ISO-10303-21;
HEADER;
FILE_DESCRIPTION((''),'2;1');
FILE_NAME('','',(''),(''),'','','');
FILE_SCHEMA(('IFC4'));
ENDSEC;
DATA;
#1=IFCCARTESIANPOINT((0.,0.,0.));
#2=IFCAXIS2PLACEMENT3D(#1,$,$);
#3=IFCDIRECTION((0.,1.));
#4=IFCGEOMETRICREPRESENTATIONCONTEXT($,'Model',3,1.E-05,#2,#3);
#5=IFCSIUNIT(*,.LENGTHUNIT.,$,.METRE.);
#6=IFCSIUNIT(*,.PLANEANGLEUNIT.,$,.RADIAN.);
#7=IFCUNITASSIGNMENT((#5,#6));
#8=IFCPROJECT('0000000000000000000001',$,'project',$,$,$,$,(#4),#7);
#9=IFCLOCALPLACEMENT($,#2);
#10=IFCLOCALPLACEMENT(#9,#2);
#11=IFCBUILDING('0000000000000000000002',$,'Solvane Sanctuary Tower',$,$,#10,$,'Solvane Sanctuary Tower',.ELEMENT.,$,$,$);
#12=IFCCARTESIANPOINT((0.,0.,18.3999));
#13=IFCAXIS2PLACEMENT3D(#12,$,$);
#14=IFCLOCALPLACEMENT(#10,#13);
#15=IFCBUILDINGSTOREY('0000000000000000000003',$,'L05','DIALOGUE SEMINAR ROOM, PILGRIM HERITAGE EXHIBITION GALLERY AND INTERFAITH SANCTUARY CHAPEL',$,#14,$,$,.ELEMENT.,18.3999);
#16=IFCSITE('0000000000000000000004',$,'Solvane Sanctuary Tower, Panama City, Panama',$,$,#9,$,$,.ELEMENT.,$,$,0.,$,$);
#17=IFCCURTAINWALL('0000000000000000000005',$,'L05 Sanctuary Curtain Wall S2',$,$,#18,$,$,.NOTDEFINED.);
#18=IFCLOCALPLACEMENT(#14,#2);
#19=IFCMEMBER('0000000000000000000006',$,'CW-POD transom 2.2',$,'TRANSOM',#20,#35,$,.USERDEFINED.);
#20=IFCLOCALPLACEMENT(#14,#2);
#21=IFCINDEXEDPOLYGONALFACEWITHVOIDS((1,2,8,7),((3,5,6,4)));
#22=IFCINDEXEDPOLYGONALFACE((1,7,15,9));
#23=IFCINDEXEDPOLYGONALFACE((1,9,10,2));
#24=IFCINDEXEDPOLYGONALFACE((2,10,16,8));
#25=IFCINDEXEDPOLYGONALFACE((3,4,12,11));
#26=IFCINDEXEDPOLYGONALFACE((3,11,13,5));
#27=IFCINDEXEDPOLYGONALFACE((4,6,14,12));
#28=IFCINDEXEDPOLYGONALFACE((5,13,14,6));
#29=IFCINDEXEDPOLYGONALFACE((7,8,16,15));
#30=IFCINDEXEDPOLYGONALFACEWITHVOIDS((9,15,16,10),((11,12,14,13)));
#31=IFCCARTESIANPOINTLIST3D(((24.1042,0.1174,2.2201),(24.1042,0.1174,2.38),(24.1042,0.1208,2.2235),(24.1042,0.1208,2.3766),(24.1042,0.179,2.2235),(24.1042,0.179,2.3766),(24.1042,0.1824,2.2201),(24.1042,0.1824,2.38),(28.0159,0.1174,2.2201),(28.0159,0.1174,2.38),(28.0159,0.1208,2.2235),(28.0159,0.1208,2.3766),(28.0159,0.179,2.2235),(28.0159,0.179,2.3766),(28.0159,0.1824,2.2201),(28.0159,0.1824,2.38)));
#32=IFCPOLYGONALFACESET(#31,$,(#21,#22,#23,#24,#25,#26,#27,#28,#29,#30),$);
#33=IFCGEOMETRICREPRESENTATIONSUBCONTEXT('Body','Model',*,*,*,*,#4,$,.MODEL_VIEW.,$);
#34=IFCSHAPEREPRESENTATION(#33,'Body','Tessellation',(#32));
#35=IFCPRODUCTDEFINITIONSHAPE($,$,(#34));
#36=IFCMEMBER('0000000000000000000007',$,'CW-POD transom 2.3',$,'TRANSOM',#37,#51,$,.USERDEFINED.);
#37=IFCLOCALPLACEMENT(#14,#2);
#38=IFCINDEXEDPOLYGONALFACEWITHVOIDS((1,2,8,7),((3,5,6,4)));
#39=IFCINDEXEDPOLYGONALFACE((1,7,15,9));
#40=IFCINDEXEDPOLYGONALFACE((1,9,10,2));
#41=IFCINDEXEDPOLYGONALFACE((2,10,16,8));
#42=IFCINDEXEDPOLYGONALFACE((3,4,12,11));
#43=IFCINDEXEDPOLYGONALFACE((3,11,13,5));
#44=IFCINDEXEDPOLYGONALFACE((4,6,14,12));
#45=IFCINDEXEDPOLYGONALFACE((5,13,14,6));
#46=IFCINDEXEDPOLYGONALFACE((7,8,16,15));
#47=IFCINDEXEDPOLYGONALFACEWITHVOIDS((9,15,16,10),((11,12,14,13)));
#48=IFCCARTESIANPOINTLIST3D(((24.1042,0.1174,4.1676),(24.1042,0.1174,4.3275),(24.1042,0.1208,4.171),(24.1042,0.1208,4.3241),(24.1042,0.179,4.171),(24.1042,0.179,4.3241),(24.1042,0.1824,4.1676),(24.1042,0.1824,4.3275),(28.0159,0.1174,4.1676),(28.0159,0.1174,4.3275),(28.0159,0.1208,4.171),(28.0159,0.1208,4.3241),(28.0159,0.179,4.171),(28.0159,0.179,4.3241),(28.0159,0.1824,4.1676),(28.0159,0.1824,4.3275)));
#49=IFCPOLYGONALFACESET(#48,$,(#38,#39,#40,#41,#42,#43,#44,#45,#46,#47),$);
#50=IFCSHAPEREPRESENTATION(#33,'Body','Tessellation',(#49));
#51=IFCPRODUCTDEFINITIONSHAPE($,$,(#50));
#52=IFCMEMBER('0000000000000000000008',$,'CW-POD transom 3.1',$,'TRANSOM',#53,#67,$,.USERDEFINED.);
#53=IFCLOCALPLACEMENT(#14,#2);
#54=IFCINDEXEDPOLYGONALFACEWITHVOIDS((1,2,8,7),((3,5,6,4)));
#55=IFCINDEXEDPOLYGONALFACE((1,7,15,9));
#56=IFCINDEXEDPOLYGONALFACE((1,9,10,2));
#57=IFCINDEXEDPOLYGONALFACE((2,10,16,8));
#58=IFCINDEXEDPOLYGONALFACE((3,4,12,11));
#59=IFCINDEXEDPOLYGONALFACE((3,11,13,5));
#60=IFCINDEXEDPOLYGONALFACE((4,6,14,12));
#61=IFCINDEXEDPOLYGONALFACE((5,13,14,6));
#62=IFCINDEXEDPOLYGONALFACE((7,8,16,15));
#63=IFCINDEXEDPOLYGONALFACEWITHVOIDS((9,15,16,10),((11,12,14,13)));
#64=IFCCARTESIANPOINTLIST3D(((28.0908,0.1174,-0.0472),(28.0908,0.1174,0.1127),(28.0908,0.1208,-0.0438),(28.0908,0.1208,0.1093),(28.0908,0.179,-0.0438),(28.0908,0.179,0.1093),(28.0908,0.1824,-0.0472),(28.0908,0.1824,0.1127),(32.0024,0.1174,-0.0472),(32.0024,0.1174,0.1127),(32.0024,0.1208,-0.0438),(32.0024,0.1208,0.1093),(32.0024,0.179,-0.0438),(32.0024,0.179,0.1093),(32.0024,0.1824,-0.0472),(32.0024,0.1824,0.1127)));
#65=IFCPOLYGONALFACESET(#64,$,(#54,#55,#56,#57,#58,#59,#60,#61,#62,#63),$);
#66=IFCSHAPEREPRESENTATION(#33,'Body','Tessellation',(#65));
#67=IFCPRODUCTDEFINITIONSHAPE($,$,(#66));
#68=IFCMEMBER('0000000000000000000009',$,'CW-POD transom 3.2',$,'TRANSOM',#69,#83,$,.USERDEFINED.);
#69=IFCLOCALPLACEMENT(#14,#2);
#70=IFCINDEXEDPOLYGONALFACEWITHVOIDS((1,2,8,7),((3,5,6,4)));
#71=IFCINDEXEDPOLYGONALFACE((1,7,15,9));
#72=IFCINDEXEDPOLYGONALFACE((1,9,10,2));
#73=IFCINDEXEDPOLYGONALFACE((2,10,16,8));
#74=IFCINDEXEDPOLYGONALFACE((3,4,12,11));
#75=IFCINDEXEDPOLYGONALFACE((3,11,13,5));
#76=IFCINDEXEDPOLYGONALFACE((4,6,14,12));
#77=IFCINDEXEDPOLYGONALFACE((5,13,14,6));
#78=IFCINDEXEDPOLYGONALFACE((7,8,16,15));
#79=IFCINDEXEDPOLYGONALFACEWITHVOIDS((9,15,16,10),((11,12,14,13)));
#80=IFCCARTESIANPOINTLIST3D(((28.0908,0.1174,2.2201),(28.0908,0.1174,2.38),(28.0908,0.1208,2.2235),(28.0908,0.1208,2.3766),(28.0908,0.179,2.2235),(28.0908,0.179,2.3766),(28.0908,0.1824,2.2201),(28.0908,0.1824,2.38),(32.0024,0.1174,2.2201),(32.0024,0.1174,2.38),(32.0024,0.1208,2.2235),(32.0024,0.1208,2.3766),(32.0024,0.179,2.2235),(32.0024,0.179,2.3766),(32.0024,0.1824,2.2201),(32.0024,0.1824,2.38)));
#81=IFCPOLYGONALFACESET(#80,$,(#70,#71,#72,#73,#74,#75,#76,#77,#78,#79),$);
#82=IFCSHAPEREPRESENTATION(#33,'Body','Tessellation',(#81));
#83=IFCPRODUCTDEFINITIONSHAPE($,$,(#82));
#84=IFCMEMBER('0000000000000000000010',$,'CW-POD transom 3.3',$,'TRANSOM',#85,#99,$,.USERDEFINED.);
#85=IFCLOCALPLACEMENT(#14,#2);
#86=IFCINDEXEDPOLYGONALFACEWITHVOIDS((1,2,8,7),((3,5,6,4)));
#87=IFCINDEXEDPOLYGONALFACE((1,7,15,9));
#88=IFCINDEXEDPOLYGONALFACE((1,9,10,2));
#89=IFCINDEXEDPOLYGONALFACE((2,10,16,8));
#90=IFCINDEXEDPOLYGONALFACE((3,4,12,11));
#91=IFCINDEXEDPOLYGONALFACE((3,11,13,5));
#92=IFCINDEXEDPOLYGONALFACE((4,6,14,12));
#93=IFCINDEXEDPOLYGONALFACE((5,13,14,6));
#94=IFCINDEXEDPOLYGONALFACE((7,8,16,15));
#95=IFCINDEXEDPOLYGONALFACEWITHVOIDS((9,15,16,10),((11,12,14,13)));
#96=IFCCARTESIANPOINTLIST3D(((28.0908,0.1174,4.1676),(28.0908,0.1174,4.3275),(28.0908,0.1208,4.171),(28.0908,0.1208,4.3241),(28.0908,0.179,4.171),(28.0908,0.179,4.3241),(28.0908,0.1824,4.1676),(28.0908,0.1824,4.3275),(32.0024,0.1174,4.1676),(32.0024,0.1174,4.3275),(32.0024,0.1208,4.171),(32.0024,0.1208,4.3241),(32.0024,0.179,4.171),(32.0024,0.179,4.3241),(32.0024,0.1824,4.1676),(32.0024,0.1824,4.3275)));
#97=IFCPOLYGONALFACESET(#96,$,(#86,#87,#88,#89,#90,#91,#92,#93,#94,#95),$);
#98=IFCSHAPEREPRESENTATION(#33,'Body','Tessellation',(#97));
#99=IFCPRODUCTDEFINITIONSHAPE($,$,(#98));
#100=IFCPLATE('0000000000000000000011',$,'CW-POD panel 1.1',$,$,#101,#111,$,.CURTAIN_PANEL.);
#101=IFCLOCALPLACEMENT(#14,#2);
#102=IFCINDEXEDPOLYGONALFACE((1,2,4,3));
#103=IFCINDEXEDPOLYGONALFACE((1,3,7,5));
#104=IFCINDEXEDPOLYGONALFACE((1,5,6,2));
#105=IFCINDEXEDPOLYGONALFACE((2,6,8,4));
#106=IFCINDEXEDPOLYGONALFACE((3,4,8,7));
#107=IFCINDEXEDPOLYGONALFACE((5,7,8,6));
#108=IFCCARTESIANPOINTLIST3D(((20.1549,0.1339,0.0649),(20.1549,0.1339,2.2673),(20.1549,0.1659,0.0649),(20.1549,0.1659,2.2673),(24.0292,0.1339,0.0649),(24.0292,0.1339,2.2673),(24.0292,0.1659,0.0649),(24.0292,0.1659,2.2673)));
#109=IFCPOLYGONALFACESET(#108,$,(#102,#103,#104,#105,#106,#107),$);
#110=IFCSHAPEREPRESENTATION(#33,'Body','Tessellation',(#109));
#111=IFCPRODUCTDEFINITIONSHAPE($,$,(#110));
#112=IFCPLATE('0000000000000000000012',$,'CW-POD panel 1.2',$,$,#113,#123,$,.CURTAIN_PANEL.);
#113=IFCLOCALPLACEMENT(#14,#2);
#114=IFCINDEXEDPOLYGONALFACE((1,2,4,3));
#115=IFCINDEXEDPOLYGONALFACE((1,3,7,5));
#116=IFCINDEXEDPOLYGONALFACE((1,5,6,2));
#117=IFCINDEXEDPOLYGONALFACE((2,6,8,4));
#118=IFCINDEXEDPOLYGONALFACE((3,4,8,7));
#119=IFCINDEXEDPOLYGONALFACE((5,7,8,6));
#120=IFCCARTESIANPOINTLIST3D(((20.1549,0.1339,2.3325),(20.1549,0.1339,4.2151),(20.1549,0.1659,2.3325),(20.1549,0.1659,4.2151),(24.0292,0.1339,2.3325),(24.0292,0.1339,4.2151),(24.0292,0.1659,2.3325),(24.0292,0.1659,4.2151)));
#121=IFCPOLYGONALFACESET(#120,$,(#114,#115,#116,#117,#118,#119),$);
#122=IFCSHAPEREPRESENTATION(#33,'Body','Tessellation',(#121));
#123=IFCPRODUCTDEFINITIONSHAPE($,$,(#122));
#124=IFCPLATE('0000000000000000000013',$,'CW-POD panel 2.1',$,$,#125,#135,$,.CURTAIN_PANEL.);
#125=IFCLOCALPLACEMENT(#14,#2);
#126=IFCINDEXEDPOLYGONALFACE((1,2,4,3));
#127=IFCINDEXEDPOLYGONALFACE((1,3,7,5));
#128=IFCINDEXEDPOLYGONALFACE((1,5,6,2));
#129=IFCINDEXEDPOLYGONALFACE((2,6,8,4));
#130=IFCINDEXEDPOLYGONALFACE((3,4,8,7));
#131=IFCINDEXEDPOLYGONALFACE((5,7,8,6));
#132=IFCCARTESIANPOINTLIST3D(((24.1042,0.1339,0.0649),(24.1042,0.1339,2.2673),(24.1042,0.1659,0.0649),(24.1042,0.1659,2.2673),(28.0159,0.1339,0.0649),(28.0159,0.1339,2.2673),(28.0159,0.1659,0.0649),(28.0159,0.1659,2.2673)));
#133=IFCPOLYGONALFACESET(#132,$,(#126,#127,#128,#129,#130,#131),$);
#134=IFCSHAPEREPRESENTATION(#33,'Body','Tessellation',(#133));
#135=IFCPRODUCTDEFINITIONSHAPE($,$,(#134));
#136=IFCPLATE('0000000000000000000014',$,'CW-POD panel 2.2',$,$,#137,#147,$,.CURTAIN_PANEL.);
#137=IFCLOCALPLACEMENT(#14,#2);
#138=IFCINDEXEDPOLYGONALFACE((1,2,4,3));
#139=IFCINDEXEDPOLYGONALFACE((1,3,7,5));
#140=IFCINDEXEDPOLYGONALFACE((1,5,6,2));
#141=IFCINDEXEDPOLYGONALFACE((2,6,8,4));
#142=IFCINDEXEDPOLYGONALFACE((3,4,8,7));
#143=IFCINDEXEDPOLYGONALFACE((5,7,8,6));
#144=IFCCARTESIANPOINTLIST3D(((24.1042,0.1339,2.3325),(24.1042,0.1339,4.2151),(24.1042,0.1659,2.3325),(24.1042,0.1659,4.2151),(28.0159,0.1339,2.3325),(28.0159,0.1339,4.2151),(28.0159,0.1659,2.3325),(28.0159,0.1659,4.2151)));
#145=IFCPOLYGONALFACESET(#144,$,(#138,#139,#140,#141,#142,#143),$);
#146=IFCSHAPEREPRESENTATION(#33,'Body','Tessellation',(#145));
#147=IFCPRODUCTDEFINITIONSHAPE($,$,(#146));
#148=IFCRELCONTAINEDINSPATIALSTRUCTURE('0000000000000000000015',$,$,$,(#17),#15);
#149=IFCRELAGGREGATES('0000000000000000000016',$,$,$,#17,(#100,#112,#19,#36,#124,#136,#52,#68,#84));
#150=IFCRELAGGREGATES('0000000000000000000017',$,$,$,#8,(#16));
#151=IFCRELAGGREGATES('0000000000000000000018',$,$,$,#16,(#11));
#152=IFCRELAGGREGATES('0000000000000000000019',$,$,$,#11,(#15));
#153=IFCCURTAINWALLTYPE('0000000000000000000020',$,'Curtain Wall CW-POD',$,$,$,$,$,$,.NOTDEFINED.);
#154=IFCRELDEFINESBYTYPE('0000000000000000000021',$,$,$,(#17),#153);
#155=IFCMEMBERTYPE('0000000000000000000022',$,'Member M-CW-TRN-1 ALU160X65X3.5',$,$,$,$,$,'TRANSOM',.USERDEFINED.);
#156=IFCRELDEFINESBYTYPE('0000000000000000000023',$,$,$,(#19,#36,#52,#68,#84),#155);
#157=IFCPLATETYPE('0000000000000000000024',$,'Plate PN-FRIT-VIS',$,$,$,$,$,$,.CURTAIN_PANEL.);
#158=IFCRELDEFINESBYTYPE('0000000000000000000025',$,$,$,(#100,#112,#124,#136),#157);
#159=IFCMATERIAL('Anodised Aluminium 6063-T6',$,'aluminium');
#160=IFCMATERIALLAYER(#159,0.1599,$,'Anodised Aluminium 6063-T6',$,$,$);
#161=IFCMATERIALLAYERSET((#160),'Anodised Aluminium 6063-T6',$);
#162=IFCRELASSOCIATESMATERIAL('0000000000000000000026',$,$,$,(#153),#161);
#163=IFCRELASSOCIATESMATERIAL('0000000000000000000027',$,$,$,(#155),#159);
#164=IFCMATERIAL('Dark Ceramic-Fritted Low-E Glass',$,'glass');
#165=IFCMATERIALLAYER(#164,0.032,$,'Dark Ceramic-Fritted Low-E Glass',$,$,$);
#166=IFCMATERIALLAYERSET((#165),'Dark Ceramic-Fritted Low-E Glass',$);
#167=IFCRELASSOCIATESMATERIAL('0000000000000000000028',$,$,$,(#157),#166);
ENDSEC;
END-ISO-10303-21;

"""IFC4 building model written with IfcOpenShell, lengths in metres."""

from ifc_helpers import new_model, si_unit, direction, frame, origin, origin_2d, place, context, subcontext, project, spatial, rectangle, hollow_rectangle, extrude, material, layer, layer_set, material_profile, profile_set, type_object, element, aggregate, save


model = new_model("IFC4")

# Units and contexts
model_context = context("Model", 3, precision=1e-05, world=origin(), true_north=direction((0.0, 1.0)))
body_context = subcontext(model_context, "Body", "Model", "MODEL_VIEW")
ifc_project = project(units=[si_unit("LENGTHUNIT", "METRE"), si_unit("PLANEANGLEUNIT", "RADIAN")], contexts=[model_context])

# Site, building, storey
site_placement = place(None, origin())
site = spatial("IfcSite", under=ifc_project, at=site_placement, Name="Solvane Sanctuary Tower, Panama City, Panama", CompositionType="ELEMENT", RefElevation=0.0)
building_placement = place(site_placement, origin())
building = spatial("IfcBuilding", under=site, at=building_placement, Name="Solvane Sanctuary Tower", LongName="Solvane Sanctuary Tower", CompositionType="ELEMENT")
storey_placement = place(building_placement, frame((0.0, 0.0, 18.3999)))
storey = spatial("IfcBuildingStorey", under=building, at=storey_placement, Name="L05", Description="DIALOGUE SEMINAR ROOM, PILGRIM HERITAGE EXHIBITION GALLERY AND INTERFAITH SANCTUARY CHAPEL", CompositionType="ELEMENT", Elevation=18.3999)

# Curtain wall, members, plates
ifc_material_1 = material(Name="Anodised Aluminium 6063-T6", Category="aluminium")
ifc_layer_1 = layer(ifc_material_1, 0.1599, Name="Anodised Aluminium 6063-T6")
ifc_layer_set_1 = layer_set([ifc_layer_1], Name="Anodised Aluminium 6063-T6")
curtain_wall_type = type_object("IfcCurtainWallType", Name="Curtain Wall CW-POD", PredefinedType="NOTDEFINED", material=ifc_layer_set_1)
curtain_wall_placement = place(storey_placement, origin())
curtain_wall = element("IfcCurtainWall", 1, at=curtain_wall_placement, inside=storey, type_object=curtain_wall_type, Name="L05 Sanctuary Curtain Wall S2", PredefinedType="NOTDEFINED")
ifc_material_profile_1 = material_profile(ifc_material_1, hollow_rectangle(XDim=0.0649, YDim=0.1599, WallThickness=0.0034, at=origin_2d()), Name="ALU160X65X3.5")
ifc_profile_set_1 = profile_set([ifc_material_profile_1], Name="Anodised Aluminium 6063-T6")
member_type_1 = type_object("IfcMemberType", Name="Member M-CW-TRN-1 ALU160X65X3.5", ElementType="TRANSOM", PredefinedType="USERDEFINED", material=ifc_profile_set_1)
member_1_placement = place(storey_placement, frame((24.1042, 0.1499, 2.3), z_axis=(1.0, 0.0, 0.0), x_axis=(0.0, 1.0, 0.0)))
member_1 = element("IfcMember", 2, at=member_1_placement, type_object=member_type_1, Name="CW-POD transom 2.2", ObjectType="TRANSOM", PredefinedType="USERDEFINED", context=body_context, shape_type="SweptSolid", body=[
    extrude(hollow_rectangle(XDim=0.0649, YDim=0.1599, WallThickness=0.0034, at=origin_2d()), origin(), (0.0, 0.0, 1.0), 3.9116),
])
member_2_placement = place(storey_placement, frame((24.1042, 0.1499, 4.2476), z_axis=(1.0, 0.0, 0.0), x_axis=(0.0, 1.0, 0.0)))
member_2 = element("IfcMember", 3, at=member_2_placement, type_object=member_type_1, Name="CW-POD transom 2.3", ObjectType="TRANSOM", PredefinedType="USERDEFINED", context=body_context, shape_type="SweptSolid", body=[
    extrude(hollow_rectangle(XDim=0.0649, YDim=0.1599, WallThickness=0.0034, at=origin_2d()), origin(), (0.0, 0.0, 1.0), 3.9116),
])
member_3_placement = place(storey_placement, frame((28.0908, 0.1499, 0.0327), z_axis=(1.0, 0.0, 0.0), x_axis=(0.0, 1.0, 0.0)))
member_3 = element("IfcMember", 4, at=member_3_placement, type_object=member_type_1, Name="CW-POD transom 3.1", ObjectType="TRANSOM", PredefinedType="USERDEFINED", context=body_context, shape_type="SweptSolid", body=[
    extrude(hollow_rectangle(XDim=0.0649, YDim=0.1599, WallThickness=0.0034, at=origin_2d()), origin(), (0.0, 0.0, 1.0), 3.9116),
])
member_4_placement = place(storey_placement, frame((28.0908, 0.1499, 2.3), z_axis=(1.0, 0.0, 0.0), x_axis=(0.0, 1.0, 0.0)))
member_4 = element("IfcMember", 5, at=member_4_placement, type_object=member_type_1, Name="CW-POD transom 3.2", ObjectType="TRANSOM", PredefinedType="USERDEFINED", context=body_context, shape_type="SweptSolid", body=[
    extrude(hollow_rectangle(XDim=0.0649, YDim=0.1599, WallThickness=0.0034, at=origin_2d()), origin(), (0.0, 0.0, 1.0), 3.9116),
])
member_5_placement = place(storey_placement, frame((28.0908, 0.1499, 4.2476), z_axis=(1.0, 0.0, 0.0), x_axis=(0.0, 1.0, 0.0)))
member_5 = element("IfcMember", 6, at=member_5_placement, type_object=member_type_1, Name="CW-POD transom 3.3", ObjectType="TRANSOM", PredefinedType="USERDEFINED", context=body_context, shape_type="SweptSolid", body=[
    extrude(hollow_rectangle(XDim=0.0649, YDim=0.1599, WallThickness=0.0034, at=origin_2d()), origin(), (0.0, 0.0, 1.0), 3.9116),
])
ifc_material_2 = material(Name="Dark Ceramic-Fritted Low-E Glass", Category="glass")
ifc_layer_2 = layer(ifc_material_2, 0.032, Name="Dark Ceramic-Fritted Low-E Glass")
ifc_layer_set_2 = layer_set([ifc_layer_2], Name="Dark Ceramic-Fritted Low-E Glass")
plate_type = type_object("IfcPlateType", Name="Plate PN-FRIT-VIS", PredefinedType="CURTAIN_PANEL", material=ifc_layer_set_2)
plate_1_placement = place(storey_placement, frame((22.092, 0.1499, 0.0649), z_axis=(0.0, 0.0, 1.0), x_axis=(1.0, 0.0, 0.0)))
plate_1 = element("IfcPlate", 7, at=plate_1_placement, type_object=plate_type, Name="CW-POD panel 1.1", PredefinedType="CURTAIN_PANEL", context=body_context, shape_type="SweptSolid", body=[
    extrude(rectangle(XDim=3.8743, YDim=0.032, at=origin_2d()), origin(), (0.0, 0.0, 1.0), 2.2024),
])
plate_2_placement = place(storey_placement, frame((22.092, 0.1499, 2.3325), z_axis=(0.0, 0.0, 1.0), x_axis=(1.0, 0.0, 0.0)))
plate_2 = element("IfcPlate", 8, at=plate_2_placement, type_object=plate_type, Name="CW-POD panel 1.2", PredefinedType="CURTAIN_PANEL", context=body_context, shape_type="SweptSolid", body=[
    extrude(rectangle(XDim=3.8743, YDim=0.032, at=origin_2d()), origin(), (0.0, 0.0, 1.0), 1.8826),
])
plate_3_placement = place(storey_placement, frame((26.0601, 0.1499, 0.0649), z_axis=(0.0, 0.0, 1.0), x_axis=(1.0, 0.0, 0.0)))
plate_3 = element("IfcPlate", 9, at=plate_3_placement, type_object=plate_type, Name="CW-POD panel 2.1", PredefinedType="CURTAIN_PANEL", context=body_context, shape_type="SweptSolid", body=[
    extrude(rectangle(XDim=3.9116, YDim=0.032, at=origin_2d()), origin(), (0.0, 0.0, 1.0), 2.2024),
])
plate_4_placement = place(storey_placement, frame((26.0601, 0.1499, 2.3325), z_axis=(0.0, 0.0, 1.0), x_axis=(1.0, 0.0, 0.0)))
plate_4 = element("IfcPlate", 10, at=plate_4_placement, type_object=plate_type, Name="CW-POD panel 2.2", PredefinedType="CURTAIN_PANEL", context=body_context, shape_type="SweptSolid", body=[
    extrude(rectangle(XDim=3.9116, YDim=0.032, at=origin_2d()), origin(), (0.0, 0.0, 1.0), 1.8826),
])
aggregate(curtain_wall, [plate_1, plate_2, member_1, member_2, plate_3, plate_4, member_3, member_4, member_5])

save(model, "model.ifc")
